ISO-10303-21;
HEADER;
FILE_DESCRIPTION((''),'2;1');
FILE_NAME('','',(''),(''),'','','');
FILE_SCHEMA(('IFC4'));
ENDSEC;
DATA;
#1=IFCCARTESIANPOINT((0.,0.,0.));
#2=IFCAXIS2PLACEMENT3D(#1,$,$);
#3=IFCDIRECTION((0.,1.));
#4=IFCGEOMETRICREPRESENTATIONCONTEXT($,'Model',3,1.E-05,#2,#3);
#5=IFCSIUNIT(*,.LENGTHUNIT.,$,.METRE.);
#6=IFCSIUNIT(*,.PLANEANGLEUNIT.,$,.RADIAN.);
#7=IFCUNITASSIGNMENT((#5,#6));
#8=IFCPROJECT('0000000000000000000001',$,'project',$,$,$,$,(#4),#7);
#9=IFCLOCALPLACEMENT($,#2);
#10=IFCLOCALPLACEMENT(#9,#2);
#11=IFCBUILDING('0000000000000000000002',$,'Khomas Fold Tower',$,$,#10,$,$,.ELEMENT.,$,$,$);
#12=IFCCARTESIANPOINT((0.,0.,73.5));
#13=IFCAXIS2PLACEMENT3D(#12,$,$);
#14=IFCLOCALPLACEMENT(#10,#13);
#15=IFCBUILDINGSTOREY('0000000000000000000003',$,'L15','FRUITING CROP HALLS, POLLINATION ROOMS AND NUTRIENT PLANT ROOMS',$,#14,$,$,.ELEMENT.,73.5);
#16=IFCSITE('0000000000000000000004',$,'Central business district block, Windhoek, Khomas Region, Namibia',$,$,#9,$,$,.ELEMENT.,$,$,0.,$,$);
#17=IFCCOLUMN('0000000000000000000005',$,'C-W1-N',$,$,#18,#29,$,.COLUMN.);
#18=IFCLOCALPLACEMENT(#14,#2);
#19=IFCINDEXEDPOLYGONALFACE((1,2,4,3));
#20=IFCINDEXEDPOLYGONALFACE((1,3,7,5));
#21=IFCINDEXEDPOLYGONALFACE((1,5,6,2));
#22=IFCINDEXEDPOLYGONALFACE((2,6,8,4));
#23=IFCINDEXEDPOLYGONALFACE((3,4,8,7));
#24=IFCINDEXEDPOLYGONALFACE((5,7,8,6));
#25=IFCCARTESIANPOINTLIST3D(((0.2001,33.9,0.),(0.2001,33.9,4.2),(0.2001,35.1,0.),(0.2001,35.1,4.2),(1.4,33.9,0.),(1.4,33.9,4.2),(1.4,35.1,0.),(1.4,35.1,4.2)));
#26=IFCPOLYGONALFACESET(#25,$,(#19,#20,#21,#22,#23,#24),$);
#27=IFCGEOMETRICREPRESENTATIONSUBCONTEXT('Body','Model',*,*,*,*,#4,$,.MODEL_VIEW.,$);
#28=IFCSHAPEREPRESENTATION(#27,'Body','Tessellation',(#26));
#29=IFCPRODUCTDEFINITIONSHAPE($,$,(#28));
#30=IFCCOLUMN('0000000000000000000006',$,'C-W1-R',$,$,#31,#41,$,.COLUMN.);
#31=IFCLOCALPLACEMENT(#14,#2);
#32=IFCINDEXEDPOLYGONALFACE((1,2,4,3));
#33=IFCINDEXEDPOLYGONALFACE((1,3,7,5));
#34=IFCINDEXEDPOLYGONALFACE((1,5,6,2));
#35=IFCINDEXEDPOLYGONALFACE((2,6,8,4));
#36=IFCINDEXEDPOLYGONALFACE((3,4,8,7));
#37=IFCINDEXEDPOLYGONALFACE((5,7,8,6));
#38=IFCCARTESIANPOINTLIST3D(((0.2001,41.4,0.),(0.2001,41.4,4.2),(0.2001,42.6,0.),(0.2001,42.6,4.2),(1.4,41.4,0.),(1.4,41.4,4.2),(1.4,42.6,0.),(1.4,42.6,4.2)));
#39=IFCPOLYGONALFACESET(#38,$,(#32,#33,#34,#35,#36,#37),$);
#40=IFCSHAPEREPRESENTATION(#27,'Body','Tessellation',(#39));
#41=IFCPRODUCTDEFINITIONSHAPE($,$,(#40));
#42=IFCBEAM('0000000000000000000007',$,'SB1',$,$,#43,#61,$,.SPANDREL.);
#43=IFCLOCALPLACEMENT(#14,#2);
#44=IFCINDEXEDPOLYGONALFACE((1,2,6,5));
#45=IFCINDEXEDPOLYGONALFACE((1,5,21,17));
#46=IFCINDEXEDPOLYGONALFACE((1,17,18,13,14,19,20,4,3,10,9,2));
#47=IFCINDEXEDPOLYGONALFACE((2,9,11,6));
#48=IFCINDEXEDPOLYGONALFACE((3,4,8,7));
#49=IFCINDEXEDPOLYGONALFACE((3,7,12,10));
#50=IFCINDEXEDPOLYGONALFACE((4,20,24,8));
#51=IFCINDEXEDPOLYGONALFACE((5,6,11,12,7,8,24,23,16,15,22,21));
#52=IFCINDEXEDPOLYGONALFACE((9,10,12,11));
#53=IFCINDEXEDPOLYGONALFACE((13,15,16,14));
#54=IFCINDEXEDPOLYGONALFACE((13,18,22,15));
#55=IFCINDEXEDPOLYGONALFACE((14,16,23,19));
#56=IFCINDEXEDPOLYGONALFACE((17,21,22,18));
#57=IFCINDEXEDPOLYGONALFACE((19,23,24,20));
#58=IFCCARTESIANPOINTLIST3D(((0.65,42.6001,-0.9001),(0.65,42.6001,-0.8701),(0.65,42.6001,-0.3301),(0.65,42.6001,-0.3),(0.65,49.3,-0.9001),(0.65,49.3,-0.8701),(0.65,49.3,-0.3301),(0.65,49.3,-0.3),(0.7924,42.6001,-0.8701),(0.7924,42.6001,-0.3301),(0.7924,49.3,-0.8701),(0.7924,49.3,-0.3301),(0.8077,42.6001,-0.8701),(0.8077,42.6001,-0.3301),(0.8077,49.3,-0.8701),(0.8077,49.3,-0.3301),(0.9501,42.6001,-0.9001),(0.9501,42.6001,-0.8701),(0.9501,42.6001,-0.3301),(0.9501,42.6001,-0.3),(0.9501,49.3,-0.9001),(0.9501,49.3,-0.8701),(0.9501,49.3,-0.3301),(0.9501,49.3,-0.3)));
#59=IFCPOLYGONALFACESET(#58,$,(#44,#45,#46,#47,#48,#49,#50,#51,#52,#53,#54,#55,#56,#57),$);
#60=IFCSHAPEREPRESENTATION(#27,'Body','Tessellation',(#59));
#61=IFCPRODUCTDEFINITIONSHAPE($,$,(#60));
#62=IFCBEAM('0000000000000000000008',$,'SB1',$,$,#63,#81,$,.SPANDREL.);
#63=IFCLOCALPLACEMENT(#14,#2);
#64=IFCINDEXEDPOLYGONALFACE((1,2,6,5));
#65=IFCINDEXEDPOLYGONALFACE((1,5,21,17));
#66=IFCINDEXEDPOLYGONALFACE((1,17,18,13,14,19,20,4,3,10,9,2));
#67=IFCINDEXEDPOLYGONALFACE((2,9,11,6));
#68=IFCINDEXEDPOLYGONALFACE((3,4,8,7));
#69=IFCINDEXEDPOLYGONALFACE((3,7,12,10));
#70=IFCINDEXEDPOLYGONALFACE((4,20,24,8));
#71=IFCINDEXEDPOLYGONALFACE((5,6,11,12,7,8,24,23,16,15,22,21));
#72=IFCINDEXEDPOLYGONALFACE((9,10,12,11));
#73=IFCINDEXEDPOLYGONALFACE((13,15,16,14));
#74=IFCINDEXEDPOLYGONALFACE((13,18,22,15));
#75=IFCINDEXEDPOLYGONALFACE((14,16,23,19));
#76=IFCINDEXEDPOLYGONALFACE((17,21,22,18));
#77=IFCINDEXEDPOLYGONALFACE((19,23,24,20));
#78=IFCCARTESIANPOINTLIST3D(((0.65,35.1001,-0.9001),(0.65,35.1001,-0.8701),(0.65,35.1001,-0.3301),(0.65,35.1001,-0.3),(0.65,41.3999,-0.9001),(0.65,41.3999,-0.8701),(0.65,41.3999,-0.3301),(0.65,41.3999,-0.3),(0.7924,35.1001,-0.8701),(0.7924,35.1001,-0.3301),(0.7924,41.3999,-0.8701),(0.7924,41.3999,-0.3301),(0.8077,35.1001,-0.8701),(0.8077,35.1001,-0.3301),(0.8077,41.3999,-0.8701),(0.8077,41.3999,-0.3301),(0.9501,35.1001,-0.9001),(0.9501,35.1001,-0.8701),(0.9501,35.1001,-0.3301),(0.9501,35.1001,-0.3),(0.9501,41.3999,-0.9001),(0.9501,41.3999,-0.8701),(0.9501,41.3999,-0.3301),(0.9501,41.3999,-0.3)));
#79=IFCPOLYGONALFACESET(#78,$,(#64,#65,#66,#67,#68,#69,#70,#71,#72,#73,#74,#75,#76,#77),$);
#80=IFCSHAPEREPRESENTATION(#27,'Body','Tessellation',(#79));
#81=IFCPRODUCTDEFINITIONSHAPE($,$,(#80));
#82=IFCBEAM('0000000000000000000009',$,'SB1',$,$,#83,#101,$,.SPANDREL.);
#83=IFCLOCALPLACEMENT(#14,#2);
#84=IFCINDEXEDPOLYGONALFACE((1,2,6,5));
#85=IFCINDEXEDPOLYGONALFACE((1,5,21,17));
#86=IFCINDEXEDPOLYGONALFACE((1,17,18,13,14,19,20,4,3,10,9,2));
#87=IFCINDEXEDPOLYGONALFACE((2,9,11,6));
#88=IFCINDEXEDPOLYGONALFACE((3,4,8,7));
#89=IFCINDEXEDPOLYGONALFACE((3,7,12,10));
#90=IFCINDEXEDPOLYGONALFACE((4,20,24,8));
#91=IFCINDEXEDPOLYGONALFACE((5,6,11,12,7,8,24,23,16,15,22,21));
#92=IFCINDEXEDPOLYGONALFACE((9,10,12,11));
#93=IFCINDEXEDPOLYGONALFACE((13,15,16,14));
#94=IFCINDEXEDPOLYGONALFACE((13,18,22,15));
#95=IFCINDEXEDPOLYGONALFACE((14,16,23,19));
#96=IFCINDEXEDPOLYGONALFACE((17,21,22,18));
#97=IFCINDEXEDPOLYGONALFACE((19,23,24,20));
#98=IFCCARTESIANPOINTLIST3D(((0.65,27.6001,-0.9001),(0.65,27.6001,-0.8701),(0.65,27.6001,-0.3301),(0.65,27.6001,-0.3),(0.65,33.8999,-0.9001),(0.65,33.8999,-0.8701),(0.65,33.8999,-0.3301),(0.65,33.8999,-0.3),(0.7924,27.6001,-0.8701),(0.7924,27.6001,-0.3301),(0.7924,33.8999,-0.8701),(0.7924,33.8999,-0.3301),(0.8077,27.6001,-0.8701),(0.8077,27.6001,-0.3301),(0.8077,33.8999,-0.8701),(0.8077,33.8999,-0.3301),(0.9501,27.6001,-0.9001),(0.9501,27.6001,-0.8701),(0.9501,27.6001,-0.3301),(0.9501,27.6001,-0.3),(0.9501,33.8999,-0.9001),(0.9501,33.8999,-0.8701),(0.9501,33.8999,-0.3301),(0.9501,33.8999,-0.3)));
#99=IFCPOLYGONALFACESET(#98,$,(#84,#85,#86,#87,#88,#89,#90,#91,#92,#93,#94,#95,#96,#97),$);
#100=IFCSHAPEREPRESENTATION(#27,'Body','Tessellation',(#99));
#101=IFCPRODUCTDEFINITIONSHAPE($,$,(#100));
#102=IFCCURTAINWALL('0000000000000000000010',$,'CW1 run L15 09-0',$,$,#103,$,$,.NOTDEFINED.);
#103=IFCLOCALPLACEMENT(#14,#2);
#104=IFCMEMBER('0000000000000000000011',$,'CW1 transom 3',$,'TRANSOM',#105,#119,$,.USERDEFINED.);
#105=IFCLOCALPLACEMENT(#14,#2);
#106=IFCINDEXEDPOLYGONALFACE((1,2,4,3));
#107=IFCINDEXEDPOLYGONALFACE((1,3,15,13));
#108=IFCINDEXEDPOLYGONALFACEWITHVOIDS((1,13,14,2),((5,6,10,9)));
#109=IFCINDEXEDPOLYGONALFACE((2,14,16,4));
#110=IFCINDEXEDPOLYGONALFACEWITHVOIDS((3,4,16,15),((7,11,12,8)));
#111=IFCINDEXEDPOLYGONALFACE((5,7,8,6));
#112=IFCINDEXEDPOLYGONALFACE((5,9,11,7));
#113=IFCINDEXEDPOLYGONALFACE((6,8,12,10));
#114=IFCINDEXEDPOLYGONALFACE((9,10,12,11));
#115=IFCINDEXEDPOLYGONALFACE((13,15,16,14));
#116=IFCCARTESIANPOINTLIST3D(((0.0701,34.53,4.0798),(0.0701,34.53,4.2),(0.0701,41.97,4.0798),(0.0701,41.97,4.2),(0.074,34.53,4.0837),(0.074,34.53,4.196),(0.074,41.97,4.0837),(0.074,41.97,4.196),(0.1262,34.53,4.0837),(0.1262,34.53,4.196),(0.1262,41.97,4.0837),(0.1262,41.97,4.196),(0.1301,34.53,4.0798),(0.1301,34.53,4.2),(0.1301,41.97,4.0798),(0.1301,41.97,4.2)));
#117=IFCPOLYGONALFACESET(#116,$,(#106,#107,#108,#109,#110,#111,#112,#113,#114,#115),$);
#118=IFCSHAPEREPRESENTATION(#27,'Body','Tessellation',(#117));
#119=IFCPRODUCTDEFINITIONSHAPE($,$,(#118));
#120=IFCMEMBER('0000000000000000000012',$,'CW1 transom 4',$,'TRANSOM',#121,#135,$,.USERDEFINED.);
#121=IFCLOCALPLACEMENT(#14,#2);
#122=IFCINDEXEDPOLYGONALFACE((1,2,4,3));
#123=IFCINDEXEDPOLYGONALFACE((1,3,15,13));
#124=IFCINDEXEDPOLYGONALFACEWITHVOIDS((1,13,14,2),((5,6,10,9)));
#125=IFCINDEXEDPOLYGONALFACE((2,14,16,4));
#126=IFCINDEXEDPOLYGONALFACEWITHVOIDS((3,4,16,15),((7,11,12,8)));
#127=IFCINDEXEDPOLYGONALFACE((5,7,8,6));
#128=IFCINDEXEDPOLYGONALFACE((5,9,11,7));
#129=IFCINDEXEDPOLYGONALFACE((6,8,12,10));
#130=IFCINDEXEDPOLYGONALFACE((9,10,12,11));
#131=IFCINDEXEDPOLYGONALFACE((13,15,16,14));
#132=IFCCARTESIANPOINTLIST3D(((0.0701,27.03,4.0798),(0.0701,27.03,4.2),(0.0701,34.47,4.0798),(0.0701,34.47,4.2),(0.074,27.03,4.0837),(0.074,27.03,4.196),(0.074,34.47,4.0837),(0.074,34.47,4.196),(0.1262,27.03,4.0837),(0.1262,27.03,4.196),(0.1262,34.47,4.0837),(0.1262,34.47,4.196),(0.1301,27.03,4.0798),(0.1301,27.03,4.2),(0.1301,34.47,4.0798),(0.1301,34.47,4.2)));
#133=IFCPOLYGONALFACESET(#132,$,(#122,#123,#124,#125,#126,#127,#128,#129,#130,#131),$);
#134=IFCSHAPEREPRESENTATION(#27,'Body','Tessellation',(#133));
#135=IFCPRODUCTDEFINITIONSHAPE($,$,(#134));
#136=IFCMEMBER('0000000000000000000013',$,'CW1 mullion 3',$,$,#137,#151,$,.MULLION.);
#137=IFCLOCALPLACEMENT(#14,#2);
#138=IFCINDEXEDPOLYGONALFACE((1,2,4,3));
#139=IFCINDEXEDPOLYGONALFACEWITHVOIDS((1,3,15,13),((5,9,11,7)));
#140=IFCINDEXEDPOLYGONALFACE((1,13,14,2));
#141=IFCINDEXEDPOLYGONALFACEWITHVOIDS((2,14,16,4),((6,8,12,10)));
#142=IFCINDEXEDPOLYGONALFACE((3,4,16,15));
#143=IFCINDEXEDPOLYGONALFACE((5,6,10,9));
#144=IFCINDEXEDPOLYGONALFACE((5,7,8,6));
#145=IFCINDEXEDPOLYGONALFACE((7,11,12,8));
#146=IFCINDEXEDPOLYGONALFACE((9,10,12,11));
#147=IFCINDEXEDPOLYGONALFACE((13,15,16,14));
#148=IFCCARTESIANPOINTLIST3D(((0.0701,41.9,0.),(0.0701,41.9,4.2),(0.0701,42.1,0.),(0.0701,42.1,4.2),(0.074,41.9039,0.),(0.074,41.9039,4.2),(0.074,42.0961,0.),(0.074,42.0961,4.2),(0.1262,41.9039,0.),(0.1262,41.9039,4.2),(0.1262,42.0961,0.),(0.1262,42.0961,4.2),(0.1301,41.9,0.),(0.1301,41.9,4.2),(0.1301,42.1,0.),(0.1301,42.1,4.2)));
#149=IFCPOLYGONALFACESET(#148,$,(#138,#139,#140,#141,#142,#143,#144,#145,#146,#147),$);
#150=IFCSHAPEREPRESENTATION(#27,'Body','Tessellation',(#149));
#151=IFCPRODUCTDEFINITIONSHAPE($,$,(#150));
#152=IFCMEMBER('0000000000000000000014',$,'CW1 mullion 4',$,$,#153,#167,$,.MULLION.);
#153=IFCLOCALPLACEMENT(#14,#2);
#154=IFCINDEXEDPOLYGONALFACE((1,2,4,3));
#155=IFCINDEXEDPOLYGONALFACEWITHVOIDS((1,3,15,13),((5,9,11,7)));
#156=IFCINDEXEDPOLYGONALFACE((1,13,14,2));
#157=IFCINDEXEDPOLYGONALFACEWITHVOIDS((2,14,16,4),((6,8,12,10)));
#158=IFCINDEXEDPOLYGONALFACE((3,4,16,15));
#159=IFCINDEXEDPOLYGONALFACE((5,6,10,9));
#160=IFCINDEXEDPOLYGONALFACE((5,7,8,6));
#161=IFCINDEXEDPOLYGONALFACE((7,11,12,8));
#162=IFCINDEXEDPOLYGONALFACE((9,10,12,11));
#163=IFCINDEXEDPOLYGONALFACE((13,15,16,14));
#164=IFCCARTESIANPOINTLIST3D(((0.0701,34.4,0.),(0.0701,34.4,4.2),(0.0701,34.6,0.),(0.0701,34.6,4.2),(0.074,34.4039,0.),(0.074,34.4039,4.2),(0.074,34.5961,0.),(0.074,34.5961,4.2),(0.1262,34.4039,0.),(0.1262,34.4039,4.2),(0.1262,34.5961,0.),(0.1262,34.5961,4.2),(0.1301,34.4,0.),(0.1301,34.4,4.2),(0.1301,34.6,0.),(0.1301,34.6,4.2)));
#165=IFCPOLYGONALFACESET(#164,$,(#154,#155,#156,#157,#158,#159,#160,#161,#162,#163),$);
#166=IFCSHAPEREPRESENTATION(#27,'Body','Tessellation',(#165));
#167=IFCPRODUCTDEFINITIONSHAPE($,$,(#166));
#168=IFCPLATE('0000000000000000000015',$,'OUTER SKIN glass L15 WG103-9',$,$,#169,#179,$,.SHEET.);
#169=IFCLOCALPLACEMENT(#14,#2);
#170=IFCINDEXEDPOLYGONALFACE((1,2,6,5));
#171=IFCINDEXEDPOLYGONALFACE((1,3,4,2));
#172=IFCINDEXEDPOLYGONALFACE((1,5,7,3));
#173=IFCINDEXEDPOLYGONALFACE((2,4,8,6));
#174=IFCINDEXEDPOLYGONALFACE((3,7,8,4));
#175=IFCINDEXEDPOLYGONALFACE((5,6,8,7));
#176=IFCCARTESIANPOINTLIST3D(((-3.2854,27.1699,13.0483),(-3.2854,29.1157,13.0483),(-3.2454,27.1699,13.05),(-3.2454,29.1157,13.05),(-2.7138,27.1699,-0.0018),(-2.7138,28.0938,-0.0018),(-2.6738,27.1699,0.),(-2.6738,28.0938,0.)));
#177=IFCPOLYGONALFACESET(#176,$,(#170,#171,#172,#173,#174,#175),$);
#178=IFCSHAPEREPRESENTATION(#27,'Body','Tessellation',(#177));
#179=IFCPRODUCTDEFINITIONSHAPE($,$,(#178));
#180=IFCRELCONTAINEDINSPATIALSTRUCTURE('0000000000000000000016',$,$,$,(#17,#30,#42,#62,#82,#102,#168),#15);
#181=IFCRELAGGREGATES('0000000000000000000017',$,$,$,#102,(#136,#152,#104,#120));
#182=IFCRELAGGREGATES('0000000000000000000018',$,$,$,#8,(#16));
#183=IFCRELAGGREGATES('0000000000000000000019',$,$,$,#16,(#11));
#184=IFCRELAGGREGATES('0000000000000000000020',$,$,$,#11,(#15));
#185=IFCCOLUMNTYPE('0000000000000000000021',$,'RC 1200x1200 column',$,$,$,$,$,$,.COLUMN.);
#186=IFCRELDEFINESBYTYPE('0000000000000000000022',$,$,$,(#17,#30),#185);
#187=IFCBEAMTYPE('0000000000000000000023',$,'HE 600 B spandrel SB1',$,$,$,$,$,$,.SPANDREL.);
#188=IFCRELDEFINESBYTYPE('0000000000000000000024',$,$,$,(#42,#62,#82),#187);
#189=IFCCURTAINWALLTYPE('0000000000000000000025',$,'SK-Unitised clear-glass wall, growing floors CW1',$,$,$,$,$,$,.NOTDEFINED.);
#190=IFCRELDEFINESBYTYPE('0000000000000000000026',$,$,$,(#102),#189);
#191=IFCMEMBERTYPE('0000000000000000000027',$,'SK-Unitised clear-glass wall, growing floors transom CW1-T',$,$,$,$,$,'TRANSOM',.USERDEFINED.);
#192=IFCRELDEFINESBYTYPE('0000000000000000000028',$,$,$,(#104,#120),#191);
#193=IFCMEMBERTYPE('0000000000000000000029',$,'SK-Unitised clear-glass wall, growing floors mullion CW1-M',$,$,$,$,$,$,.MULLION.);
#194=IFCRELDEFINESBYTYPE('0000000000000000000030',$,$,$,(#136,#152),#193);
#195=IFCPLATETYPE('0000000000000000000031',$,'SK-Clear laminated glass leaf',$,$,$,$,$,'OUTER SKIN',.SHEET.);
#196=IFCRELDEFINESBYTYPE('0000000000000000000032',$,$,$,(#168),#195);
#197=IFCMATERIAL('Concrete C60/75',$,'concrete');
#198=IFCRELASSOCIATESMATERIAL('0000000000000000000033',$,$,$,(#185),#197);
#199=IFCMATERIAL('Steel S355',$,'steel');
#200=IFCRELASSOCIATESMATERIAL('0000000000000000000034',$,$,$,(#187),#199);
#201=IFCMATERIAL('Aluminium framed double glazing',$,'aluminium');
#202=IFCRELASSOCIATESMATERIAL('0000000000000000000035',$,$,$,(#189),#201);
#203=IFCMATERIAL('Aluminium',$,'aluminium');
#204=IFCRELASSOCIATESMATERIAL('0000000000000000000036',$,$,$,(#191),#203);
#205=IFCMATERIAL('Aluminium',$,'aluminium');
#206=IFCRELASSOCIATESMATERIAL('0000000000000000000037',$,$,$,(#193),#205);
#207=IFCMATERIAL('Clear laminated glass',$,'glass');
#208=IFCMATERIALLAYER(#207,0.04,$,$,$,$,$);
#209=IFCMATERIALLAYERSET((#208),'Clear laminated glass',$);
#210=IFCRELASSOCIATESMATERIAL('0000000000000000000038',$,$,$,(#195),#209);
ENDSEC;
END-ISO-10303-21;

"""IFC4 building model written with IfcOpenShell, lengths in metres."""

from ifc_helpers import new_model, si_unit, direction, frame, origin, origin_2d, place, context, subcontext, project, spatial, polyline, rectangle, hollow_rectangle, i_section, outline, extrude, source, transform, mapped, material, layer, layer_set, material_profile, profile_set, type_object, element, aggregate, save


model = new_model("IFC4")

# Units and contexts
model_context = context("Model", 3, precision=1e-05, world=origin(), true_north=direction((0.0, 1.0)))
body_context = subcontext(model_context, "Body", "Model", "MODEL_VIEW")
ifc_project = project(units=[si_unit("LENGTHUNIT", "METRE"), si_unit("PLANEANGLEUNIT", "RADIAN")], contexts=[model_context])

# Site, building, storey
site_placement = place(None, origin())
site = spatial("IfcSite", under=ifc_project, at=site_placement, Name="Central business district block, Windhoek, Khomas Region, Namibia", CompositionType="ELEMENT", RefElevation=0.0)
building_placement = place(site_placement, origin())
building = spatial("IfcBuilding", under=site, at=building_placement, Name="Khomas Fold Tower", CompositionType="ELEMENT")
storey_placement = place(building_placement, frame((0.0, 0.0, 73.5)))
storey = spatial("IfcBuildingStorey", under=building, at=storey_placement, Name="L15", Description="FRUITING CROP HALLS, POLLINATION ROOMS AND NUTRIENT PLANT ROOMS", CompositionType="ELEMENT", Elevation=73.5)

# Columns
ifc_material_1 = material(Name="Concrete C60/75", Category="concrete")
ifc_material_profile_1 = material_profile(ifc_material_1, rectangle(XDim=1.2, YDim=1.2, at=origin_2d()), Name="RC 1200x1200")
ifc_profile_set_1 = profile_set([ifc_material_profile_1], Name="Concrete C60/75")
column_type = type_object("IfcColumnType", Name="RC 1200x1200 column", PredefinedType="COLUMN", material=ifc_profile_set_1)
shared_shape_1 = source(origin(), body_context, "Body", "SweptSolid", [
    extrude(rectangle(XDim=1.2, YDim=1.2, at=origin_2d()), origin(), (0.0, 0.0, 1.0), 4.2),
])
for number, where, z_axis, x_axis, name in (
    (1, (0.8, 34.5, 0.0), (0.0, 0.0, 1.0), (1.0, 0.0, 0.0), "C-W1-N"),
    (2, (0.8, 42.0, 0.0), (0.0, 0.0, 1.0), (1.0, 0.0, 0.0), "C-W1-R"),
):
    element("IfcColumn", number, at=place(storey_placement, frame(where, z_axis=z_axis, x_axis=x_axis)), inside=storey, type_object=column_type, Name=name, PredefinedType="COLUMN", context=body_context, shape_type="MappedRepresentation", body=[
        mapped(shared_shape_1, transform((0.0, 0.0, 0.0))),
    ])

# Beams
ifc_material_2 = material(Name="Steel S355", Category="steel")
ifc_material_profile_2 = material_profile(ifc_material_2, i_section(OverallWidth=0.3, OverallDepth=0.6001, WebThickness=0.0154, FlangeThickness=0.03, at=origin_2d()), Name="HE 600 B")
ifc_profile_set_2 = profile_set([ifc_material_profile_2], Name="Steel S355")
beam_type = type_object("IfcBeamType", Name="HE 600 B spandrel SB1", PredefinedType="SPANDREL", material=ifc_profile_set_2)
shared_shape_2 = source(origin(), body_context, "Body", "SweptSolid", [
    extrude(i_section(OverallWidth=0.3, OverallDepth=0.6001, WebThickness=0.0154, FlangeThickness=0.03, at=origin_2d()), origin(), (0.0, 0.0, 1.0), 6.7),
])
beam_placement = place(storey_placement, frame((0.8, 42.6001, -0.6001), z_axis=(0.0, 1.0, 0.0), x_axis=(-1.0, 0.0, 0.0)))
element("IfcBeam", 3, at=beam_placement, inside=storey, type_object=beam_type, Name="SB1", PredefinedType="SPANDREL", context=body_context, shape_type="MappedRepresentation", body=[
    mapped(shared_shape_2, transform((0.0, 0.0, 0.0))),
])
shared_shape_3 = source(origin(), body_context, "Body", "SweptSolid", [
    extrude(i_section(OverallWidth=0.3, OverallDepth=0.6001, WebThickness=0.0154, FlangeThickness=0.03, at=origin_2d()), origin(), (0.0, 0.0, 1.0), 6.2998),
])
for number, where, z_axis, x_axis, name in (
    (4, (0.8, 35.1001, -0.6001), (0.0, 1.0, 0.0), (-1.0, 0.0, 0.0), "SB1"),
    (5, (0.8, 27.6001, -0.6001), (0.0, 1.0, 0.0), (-1.0, 0.0, 0.0), "SB1"),
):
    element("IfcBeam", number, at=place(storey_placement, frame(where, z_axis=z_axis, x_axis=x_axis)), inside=storey, type_object=beam_type, Name=name, PredefinedType="SPANDREL", context=body_context, shape_type="MappedRepresentation", body=[
        mapped(shared_shape_3, transform((0.0, 0.0, 0.0))),
    ])

# Curtain wall, members
ifc_material_3 = material(Name="Aluminium framed double glazing", Category="aluminium")
curtain_wall_type = type_object("IfcCurtainWallType", Name="SK-Unitised clear-glass wall, growing floors CW1", PredefinedType="NOTDEFINED", material=ifc_material_3)
curtain_wall_placement = place(storey_placement, origin())
curtain_wall = element("IfcCurtainWall", 6, at=curtain_wall_placement, inside=storey, type_object=curtain_wall_type, Name="CW1 run L15 09-0", PredefinedType="NOTDEFINED")
ifc_material_4 = material(Name="Aluminium", Category="aluminium")
ifc_material_profile_3 = material_profile(ifc_material_4, hollow_rectangle(XDim=0.0601, YDim=0.1201, WallThickness=0.0039, at=origin_2d()), Name="SK-Unitised clear-glass wall, growing floors transom CW1-T")
ifc_profile_set_3 = profile_set([ifc_material_profile_3], Name="Aluminium")
member_type_1 = type_object("IfcMemberType", Name="SK-Unitised clear-glass wall, growing floors transom CW1-T", ElementType="TRANSOM", PredefinedType="USERDEFINED", material=ifc_profile_set_3)
shared_shape_4 = source(origin(), body_context, "Body", "SweptSolid", [
    extrude(hollow_rectangle(XDim=0.0601, YDim=0.1201, WallThickness=0.0039, at=origin_2d()), origin(), (0.0, 0.0, 1.0), 7.4399),
])
member_1_placement = place(storey_placement, frame((0.1001, 41.97, 4.1399), z_axis=(0.0, -1.0, 0.0), x_axis=(1.0, 0.0, 0.0)))
member_1 = element("IfcMember", 7, at=member_1_placement, type_object=member_type_1, Name="CW1 transom 3", ObjectType="TRANSOM", PredefinedType="USERDEFINED", context=body_context, shape_type="MappedRepresentation", body=[
    mapped(shared_shape_4, transform((0.0, 0.0, 0.0))),
])
member_2_placement = place(storey_placement, frame((0.1001, 34.47, 4.1399), z_axis=(0.0, -1.0, 0.0), x_axis=(1.0, 0.0, 0.0)))
member_2 = element("IfcMember", 8, at=member_2_placement, type_object=member_type_1, Name="CW1 transom 4", ObjectType="TRANSOM", PredefinedType="USERDEFINED", context=body_context, shape_type="MappedRepresentation", body=[
    mapped(shared_shape_4, transform((0.0, 0.0, 0.0))),
])
ifc_material_5 = material(Name="Aluminium", Category="aluminium")
ifc_material_profile_4 = material_profile(ifc_material_5, hollow_rectangle(XDim=0.0601, YDim=0.2, WallThickness=0.0039, at=origin_2d()), Name="SK-Unitised clear-glass wall, growing floors mullion CW1-M")
ifc_profile_set_4 = profile_set([ifc_material_profile_4], Name="Aluminium")
member_type_2 = type_object("IfcMemberType", Name="SK-Unitised clear-glass wall, growing floors mullion CW1-M", PredefinedType="MULLION", material=ifc_profile_set_4)
shared_shape_5 = source(origin(), body_context, "Body", "SweptSolid", [
    extrude(hollow_rectangle(XDim=0.0601, YDim=0.2, WallThickness=0.0039, at=origin_2d()), origin(), (0.0, 0.0, 1.0), 4.2),
])
member_3_placement = place(storey_placement, frame((0.1001, 42.0, 0.0), z_axis=(0.0, 0.0, 1.0), x_axis=(1.0, 0.0, 0.0)))
member_3 = element("IfcMember", 9, at=member_3_placement, type_object=member_type_2, Name="CW1 mullion 3", PredefinedType="MULLION", context=body_context, shape_type="MappedRepresentation", body=[
    mapped(shared_shape_5, transform((0.0, 0.0, 0.0))),
])
member_4_placement = place(storey_placement, frame((0.1001, 34.5, 0.0), z_axis=(0.0, 0.0, 1.0), x_axis=(1.0, 0.0, 0.0)))
member_4 = element("IfcMember", 10, at=member_4_placement, type_object=member_type_2, Name="CW1 mullion 4", PredefinedType="MULLION", context=body_context, shape_type="MappedRepresentation", body=[
    mapped(shared_shape_5, transform((0.0, 0.0, 0.0))),
])

# Plate
ifc_material_6 = material(Name="Clear laminated glass", Category="glass")
ifc_layer_1 = layer(ifc_material_6, 0.04)
ifc_layer_set_1 = layer_set([ifc_layer_1], Name="Clear laminated glass")
plate_type_1 = type_object("IfcPlateType", Name="SK-Clear laminated glass leaf", ElementType="OUTER SKIN", PredefinedType="SHEET", material=ifc_layer_set_1)
plate_1_placement = place(storey_placement, frame((-2.6738, 28.0938, 0.0), z_axis=(0.999042, 0.0, 0.043754), x_axis=(0.0, -1.0, 0.0)))
element("IfcPlate", 11, at=plate_1_placement, inside=storey, type_object=plate_type_1, Name="OUTER SKIN glass L15 WG103-9", PredefinedType="SHEET", context=body_context, shape_type="SweptSolid", body=[
    extrude(outline(polyline([(0.0, 0.0), (0.9238, 0.0), (0.9238, -13.0626), (-1.022, -13.0626), (0.0, 0.0)])), origin(), (0.0, 0.0, -1.0), 0.04),
])

aggregate(curtain_wall, [member_3, member_4, member_1, member_2])

save(model, "model.ifc")
